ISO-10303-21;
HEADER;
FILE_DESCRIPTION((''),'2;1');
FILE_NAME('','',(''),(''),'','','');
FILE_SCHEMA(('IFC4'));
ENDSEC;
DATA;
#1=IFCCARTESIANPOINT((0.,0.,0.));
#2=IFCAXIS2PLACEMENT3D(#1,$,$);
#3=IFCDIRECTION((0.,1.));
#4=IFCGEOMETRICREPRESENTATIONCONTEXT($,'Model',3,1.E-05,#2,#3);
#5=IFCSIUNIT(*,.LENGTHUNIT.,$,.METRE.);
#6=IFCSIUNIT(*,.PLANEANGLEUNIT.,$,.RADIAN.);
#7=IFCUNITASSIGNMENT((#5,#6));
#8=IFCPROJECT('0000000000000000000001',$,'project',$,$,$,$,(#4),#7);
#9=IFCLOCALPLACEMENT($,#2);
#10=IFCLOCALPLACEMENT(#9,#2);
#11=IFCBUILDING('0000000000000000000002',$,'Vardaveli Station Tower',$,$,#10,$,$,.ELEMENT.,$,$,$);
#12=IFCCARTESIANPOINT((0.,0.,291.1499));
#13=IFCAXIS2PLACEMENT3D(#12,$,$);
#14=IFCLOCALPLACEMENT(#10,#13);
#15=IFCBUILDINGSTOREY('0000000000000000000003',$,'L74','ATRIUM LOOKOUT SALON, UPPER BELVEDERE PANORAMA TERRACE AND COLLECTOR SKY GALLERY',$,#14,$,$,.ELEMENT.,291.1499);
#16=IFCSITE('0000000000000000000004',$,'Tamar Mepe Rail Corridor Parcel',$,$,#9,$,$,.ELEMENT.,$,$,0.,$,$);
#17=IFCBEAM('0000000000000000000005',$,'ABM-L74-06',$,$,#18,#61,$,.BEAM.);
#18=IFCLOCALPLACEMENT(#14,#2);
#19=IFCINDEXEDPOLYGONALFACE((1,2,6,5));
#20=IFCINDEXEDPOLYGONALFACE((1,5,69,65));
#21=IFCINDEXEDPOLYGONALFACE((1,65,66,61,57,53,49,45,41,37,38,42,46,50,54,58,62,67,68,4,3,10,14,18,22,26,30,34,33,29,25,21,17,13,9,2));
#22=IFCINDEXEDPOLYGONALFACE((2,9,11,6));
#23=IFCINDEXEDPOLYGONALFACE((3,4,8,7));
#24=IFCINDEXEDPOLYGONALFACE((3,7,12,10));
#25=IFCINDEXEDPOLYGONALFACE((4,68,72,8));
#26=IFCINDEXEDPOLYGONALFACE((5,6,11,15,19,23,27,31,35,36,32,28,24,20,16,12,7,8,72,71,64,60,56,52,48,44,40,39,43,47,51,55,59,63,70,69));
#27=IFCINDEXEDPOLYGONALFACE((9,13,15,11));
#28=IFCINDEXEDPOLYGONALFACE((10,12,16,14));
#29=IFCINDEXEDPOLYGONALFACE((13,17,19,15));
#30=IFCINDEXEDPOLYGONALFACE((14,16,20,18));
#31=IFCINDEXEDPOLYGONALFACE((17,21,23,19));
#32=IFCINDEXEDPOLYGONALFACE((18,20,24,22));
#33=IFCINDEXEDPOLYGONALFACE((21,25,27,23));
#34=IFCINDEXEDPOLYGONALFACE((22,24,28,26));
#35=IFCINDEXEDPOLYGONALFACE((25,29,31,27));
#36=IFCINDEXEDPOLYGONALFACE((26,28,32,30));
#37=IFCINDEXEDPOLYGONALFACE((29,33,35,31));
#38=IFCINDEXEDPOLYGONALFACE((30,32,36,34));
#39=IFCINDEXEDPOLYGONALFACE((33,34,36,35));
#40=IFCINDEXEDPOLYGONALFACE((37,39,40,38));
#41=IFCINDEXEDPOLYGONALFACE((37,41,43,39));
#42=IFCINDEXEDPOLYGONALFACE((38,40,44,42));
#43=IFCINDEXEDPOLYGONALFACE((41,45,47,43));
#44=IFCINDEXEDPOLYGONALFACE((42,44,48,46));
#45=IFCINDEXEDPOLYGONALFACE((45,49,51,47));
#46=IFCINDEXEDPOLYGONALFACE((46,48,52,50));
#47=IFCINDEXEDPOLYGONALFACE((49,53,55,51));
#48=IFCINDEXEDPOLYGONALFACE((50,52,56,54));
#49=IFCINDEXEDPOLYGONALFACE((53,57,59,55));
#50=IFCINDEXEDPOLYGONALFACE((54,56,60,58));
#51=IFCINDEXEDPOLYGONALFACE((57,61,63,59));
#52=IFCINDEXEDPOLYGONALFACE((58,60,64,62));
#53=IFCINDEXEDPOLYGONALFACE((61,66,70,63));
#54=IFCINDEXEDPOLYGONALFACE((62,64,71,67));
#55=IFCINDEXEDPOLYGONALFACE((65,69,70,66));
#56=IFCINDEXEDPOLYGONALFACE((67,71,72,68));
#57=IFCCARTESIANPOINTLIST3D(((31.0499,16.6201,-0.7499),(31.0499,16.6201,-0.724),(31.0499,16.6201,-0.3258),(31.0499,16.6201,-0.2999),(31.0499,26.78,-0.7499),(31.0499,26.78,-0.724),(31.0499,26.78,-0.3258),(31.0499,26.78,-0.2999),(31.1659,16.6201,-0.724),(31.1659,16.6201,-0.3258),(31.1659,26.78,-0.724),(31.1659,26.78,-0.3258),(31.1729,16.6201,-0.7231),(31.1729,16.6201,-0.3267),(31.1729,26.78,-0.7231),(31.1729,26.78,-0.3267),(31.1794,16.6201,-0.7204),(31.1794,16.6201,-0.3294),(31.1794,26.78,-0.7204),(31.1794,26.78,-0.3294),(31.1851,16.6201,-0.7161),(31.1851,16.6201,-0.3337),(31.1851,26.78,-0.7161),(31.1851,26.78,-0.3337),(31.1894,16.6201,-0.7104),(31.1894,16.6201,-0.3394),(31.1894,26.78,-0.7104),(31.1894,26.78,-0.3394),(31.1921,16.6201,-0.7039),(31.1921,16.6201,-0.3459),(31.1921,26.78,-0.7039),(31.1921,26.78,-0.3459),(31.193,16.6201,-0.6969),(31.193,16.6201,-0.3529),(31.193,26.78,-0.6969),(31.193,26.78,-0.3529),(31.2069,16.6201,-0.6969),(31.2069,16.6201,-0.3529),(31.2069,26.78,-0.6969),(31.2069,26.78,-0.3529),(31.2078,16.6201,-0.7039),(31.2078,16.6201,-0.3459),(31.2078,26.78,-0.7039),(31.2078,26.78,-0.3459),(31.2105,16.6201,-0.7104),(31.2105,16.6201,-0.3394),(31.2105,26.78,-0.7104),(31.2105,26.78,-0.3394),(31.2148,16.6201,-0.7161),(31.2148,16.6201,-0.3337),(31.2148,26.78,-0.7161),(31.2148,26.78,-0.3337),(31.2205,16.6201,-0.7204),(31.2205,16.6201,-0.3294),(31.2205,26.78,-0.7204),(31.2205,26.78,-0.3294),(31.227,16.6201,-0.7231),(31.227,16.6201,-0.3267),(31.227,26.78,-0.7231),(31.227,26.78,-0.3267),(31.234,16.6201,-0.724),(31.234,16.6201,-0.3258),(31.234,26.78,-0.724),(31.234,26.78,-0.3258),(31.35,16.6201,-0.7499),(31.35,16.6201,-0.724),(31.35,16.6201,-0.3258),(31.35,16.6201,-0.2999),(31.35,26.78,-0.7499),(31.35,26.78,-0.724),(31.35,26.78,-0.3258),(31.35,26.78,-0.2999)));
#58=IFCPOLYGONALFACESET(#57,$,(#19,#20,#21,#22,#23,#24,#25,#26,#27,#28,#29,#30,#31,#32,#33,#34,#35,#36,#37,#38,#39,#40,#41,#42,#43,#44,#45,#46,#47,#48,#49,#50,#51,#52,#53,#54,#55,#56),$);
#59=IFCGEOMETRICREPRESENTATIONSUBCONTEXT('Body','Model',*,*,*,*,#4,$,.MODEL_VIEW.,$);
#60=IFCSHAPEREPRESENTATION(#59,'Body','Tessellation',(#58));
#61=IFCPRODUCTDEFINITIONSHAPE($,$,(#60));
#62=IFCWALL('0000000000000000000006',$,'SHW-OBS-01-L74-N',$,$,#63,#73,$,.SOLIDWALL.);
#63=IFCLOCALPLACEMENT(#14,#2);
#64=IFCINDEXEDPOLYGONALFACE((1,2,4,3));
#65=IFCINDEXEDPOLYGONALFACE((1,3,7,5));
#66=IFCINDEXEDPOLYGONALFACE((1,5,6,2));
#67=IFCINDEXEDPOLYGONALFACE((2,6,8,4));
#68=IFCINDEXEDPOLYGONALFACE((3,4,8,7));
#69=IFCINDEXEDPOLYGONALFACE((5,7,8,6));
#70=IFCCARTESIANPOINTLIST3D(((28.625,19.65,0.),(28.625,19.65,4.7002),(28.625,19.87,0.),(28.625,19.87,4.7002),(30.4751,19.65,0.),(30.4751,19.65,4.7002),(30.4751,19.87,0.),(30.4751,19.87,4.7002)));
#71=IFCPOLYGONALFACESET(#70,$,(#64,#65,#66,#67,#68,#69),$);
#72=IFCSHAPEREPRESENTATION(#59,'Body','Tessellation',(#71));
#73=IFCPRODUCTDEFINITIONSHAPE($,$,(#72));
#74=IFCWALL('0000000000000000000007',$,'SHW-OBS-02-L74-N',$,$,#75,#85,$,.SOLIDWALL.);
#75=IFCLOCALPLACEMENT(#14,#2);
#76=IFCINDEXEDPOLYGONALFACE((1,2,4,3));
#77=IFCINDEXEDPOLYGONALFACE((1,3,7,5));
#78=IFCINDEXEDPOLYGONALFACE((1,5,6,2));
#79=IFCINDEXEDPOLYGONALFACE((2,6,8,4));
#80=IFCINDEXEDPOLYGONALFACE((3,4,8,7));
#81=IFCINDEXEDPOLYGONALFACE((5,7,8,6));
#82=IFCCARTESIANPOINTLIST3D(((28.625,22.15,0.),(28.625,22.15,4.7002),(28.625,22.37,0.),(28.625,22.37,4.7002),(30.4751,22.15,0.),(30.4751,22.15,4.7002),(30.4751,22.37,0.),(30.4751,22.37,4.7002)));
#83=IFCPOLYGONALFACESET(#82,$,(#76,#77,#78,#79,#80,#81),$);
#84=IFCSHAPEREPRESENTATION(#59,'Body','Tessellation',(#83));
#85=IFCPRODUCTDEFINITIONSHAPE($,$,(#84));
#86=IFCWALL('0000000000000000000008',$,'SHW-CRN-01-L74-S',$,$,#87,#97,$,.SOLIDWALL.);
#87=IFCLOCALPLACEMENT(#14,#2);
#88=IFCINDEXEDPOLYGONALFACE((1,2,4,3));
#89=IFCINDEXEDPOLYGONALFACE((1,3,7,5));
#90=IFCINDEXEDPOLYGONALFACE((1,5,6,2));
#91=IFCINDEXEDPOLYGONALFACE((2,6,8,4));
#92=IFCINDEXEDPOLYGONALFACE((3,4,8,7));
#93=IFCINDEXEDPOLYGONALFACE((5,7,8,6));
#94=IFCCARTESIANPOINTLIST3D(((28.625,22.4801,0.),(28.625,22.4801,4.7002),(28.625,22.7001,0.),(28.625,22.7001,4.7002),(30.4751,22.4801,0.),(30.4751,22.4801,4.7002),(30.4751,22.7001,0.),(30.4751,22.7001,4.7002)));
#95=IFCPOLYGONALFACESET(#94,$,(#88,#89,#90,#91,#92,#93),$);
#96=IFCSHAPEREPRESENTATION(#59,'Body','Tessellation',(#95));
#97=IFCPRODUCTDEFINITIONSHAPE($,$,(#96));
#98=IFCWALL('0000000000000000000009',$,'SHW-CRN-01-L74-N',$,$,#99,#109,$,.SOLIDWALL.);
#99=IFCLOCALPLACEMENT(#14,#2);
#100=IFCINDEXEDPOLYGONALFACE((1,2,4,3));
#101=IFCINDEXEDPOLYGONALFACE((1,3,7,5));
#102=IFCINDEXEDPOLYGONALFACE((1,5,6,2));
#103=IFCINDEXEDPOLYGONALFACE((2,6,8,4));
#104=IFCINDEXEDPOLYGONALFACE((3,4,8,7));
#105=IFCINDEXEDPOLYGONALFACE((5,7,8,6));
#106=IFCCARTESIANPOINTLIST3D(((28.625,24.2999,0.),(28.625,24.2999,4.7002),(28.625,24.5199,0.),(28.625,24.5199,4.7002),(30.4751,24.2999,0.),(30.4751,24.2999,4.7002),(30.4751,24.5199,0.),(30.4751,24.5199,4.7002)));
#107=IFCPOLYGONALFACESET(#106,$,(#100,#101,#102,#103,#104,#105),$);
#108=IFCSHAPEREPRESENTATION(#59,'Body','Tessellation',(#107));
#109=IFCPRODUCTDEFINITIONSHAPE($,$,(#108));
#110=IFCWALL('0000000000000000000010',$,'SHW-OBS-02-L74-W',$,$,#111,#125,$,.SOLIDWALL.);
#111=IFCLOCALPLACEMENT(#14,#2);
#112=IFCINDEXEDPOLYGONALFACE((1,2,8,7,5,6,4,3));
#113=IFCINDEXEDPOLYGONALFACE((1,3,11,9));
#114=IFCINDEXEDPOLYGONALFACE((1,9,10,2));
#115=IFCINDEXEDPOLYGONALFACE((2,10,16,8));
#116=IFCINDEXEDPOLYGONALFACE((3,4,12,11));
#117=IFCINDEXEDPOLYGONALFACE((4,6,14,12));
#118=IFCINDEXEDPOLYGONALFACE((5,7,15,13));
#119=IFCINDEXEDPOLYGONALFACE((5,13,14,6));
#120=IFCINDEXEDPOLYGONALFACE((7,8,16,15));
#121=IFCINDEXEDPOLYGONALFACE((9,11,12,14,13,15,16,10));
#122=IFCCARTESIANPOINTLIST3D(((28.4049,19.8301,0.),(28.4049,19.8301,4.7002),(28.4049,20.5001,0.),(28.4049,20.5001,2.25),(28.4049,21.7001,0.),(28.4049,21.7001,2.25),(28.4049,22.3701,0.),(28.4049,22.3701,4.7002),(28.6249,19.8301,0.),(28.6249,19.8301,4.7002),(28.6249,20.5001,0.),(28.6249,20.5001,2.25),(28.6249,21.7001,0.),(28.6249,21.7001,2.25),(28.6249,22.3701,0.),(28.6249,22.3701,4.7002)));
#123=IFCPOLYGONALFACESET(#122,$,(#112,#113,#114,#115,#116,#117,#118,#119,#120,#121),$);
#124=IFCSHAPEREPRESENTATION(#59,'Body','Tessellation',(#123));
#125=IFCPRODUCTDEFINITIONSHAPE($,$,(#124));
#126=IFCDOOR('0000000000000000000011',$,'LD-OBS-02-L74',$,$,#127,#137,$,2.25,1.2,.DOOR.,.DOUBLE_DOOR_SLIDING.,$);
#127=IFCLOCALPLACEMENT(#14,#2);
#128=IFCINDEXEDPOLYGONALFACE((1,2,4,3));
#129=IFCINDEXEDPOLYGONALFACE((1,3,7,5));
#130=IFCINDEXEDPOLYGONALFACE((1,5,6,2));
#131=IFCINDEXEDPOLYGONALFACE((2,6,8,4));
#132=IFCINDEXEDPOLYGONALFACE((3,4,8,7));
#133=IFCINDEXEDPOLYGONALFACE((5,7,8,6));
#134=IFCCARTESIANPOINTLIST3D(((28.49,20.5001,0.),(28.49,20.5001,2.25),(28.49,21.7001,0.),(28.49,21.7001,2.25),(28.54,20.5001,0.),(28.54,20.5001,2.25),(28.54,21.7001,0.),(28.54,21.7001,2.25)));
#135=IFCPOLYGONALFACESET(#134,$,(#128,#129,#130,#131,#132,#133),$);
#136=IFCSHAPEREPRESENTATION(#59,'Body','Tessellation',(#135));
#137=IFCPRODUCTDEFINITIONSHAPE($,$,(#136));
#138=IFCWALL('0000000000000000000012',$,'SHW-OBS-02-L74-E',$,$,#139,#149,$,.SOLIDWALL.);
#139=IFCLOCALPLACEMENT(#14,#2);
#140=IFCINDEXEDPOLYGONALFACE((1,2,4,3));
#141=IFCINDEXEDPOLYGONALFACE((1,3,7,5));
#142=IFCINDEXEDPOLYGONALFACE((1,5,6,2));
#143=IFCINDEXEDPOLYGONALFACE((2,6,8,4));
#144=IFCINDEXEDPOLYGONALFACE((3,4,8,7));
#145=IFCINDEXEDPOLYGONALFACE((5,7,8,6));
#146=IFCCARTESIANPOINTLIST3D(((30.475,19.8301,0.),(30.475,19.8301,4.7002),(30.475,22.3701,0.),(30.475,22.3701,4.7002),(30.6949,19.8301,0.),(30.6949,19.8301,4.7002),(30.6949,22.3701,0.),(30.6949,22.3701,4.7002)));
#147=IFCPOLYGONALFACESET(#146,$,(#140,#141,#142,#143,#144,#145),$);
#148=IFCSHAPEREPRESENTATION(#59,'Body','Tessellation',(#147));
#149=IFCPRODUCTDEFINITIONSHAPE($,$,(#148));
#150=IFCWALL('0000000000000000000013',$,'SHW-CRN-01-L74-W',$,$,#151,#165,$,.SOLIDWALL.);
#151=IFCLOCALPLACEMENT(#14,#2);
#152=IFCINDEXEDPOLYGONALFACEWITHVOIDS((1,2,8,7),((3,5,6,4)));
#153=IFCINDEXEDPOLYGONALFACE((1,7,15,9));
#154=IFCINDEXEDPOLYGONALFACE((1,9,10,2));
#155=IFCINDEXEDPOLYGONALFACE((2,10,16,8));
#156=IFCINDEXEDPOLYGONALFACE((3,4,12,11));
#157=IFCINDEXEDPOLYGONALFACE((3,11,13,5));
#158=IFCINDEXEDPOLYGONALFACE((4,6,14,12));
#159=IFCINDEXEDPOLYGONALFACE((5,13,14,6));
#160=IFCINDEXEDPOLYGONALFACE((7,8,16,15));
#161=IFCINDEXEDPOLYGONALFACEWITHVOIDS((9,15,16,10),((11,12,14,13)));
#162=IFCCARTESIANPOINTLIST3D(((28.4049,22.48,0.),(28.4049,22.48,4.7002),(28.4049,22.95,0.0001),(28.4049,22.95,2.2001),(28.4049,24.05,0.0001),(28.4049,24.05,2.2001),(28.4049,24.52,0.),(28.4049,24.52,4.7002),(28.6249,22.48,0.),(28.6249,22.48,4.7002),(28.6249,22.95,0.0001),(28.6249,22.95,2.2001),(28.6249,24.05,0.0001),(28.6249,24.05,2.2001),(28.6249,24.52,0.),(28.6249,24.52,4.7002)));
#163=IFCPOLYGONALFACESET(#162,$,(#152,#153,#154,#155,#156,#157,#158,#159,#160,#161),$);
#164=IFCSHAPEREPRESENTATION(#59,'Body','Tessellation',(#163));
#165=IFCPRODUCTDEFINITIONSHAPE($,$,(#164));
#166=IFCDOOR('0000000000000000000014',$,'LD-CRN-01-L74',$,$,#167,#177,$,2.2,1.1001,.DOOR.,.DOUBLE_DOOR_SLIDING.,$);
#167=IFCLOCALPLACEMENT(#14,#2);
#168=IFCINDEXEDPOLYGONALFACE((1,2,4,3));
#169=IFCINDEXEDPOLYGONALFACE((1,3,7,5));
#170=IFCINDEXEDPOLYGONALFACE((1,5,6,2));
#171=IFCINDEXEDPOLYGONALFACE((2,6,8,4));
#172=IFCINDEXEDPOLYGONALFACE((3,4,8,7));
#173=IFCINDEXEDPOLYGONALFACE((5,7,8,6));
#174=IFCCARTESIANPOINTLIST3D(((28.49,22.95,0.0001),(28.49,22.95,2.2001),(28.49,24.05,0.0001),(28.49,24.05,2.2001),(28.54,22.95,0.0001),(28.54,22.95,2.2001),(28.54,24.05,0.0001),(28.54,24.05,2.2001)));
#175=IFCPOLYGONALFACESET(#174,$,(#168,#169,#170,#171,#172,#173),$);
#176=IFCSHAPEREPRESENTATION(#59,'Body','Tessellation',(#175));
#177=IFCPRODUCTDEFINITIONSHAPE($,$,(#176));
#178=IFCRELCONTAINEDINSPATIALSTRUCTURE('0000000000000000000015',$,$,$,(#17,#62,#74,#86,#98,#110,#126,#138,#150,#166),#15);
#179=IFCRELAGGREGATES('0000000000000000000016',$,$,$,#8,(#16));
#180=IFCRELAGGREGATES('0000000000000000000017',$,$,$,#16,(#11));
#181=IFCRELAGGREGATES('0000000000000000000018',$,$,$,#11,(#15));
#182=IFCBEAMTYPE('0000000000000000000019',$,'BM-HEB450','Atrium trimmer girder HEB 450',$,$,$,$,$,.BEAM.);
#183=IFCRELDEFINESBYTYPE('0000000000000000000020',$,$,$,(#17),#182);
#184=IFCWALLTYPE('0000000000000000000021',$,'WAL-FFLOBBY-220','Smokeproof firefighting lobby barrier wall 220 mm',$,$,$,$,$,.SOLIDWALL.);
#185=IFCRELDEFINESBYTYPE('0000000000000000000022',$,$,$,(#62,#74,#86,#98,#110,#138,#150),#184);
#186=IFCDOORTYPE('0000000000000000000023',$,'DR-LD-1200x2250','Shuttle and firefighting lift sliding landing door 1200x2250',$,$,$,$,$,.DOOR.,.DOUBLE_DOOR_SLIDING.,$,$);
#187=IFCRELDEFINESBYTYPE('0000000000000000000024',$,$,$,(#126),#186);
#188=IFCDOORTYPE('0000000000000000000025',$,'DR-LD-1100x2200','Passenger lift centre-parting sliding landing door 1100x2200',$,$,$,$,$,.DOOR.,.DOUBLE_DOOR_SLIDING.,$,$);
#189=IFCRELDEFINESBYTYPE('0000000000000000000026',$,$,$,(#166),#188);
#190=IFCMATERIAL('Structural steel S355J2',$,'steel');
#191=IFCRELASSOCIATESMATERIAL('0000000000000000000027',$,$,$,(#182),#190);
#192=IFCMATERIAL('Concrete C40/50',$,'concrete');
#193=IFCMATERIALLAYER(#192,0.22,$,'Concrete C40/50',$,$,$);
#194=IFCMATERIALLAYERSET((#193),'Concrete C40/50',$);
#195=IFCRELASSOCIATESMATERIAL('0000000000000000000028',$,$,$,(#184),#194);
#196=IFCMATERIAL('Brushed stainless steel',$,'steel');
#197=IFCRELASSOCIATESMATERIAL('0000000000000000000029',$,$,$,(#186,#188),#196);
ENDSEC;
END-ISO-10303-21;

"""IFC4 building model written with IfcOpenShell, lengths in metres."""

from ifc_helpers import new_model, si_unit, direction, frame, frame_2d, origin, origin_2d, place, context, subcontext, project, spatial, rectangle, i_section, extrude, source, transform, mapped, material, layer, layer_set, material_profile, profile_set, type_object, element, fill, save


model = new_model("IFC4")

# Units and contexts
model_context = context("Model", 3, precision=1e-05, world=origin(), true_north=direction((0.0, 1.0)))
body_context = subcontext(model_context, "Body", "Model", "MODEL_VIEW")
ifc_project = project(units=[si_unit("LENGTHUNIT", "METRE"), si_unit("PLANEANGLEUNIT", "RADIAN")], contexts=[model_context])

# Site, building, storey
site_placement = place(None, origin())
site = spatial("IfcSite", under=ifc_project, at=site_placement, Name="Tamar Mepe Rail Corridor Parcel", CompositionType="ELEMENT", RefElevation=0.0)
building_placement = place(site_placement, origin())
building = spatial("IfcBuilding", under=site, at=building_placement, Name="Vardaveli Station Tower", CompositionType="ELEMENT")
storey_placement = place(building_placement, frame((0.0, 0.0, 291.1499)))
storey = spatial("IfcBuildingStorey", under=building, at=storey_placement, Name="L74", Description="ATRIUM LOOKOUT SALON, UPPER BELVEDERE PANORAMA TERRACE AND COLLECTOR SKY GALLERY", CompositionType="ELEMENT", Elevation=291.1499)

# Beam
ifc_material_1 = material(Name="Structural steel S355J2", Category="steel")
ifc_material_profile = material_profile(ifc_material_1, i_section(OverallWidth=0.3, OverallDepth=0.45, WebThickness=0.0139, FlangeThickness=0.0259, FilletRadius=0.0271, at=origin_2d()), Name="HEB 450")
ifc_profile_set = profile_set([ifc_material_profile], Name="Structural steel S355J2")
beam_type = type_object("IfcBeamType", Name="BM-HEB450", Description="Atrium trimmer girder HEB 450", PredefinedType="BEAM", material=ifc_profile_set)
shared_shape_1 = source(origin(), body_context, "Body", "SweptSolid", [
    extrude(i_section(OverallWidth=0.3, OverallDepth=0.45, WebThickness=0.0139, FlangeThickness=0.0259, FilletRadius=0.0271, at=origin_2d()), origin(), (0.0, 0.0, 1.0), 10.1599),
])
beam_placement = place(storey_placement, frame((31.2, 26.78, -0.5249), z_axis=(0.0, -1.0, 0.0), x_axis=(1.0, 0.0, 0.0)))
element("IfcBeam", 1, at=beam_placement, inside=storey, type_object=beam_type, Name="ABM-L74-06", PredefinedType="BEAM", context=body_context, shape_type="MappedRepresentation", body=[
    mapped(shared_shape_1, transform((0.0, 0.0, 0.0), scale=1.0)),
])

# Walls
ifc_material_2 = material(Name="Concrete C40/50", Category="concrete")
ifc_layer_1 = layer(ifc_material_2, 0.22, Name="Concrete C40/50")
ifc_layer_set_1 = layer_set([ifc_layer_1], Name="Concrete C40/50")
wall_type_1 = type_object("IfcWallType", Name="WAL-FFLOBBY-220", Description="Smokeproof firefighting lobby barrier wall 220 mm", PredefinedType="SOLIDWALL", material=ifc_layer_set_1)
shared_shape_2 = source(origin(), body_context, "Body", "SweptSolid", [
    extrude(rectangle(XDim=1.8501, YDim=0.22, at=frame_2d((0.925, 0.0))), origin(), (0.0, 0.0, 1.0), 4.7002),
])
for number, where, z_axis, x_axis, name in (
    (2, (28.625, 19.76, 0.0), (0.0, 0.0, 1.0), (1.0, 0.0, 0.0), "SHW-OBS-01-L74-N"),
    (3, (28.625, 22.26, 0.0), (0.0, 0.0, 1.0), (1.0, 0.0, 0.0), "SHW-OBS-02-L74-N"),
    (4, (28.625, 22.5901, 0.0), (0.0, 0.0, 1.0), (1.0, 0.0, 0.0), "SHW-CRN-01-L74-S"),
    (5, (28.625, 24.4099, 0.0), (0.0, 0.0, 1.0), (1.0, 0.0, 0.0), "SHW-CRN-01-L74-N"),
):
    element("IfcWall", number, at=place(storey_placement, frame(where, z_axis=z_axis, x_axis=x_axis)), inside=storey, type_object=wall_type_1, Name=name, PredefinedType="SOLIDWALL", context=body_context, shape_type="MappedRepresentation", body=[
        mapped(shared_shape_2, transform((0.0, 0.0, 0.0), scale=1.0)),
    ])

# Wall, opening, door
shared_shape_3 = source(origin(), body_context, "Body", "SweptSolid", [
    extrude(rectangle(XDim=2.54, YDim=0.22, at=frame_2d((1.27, 0.0))), origin(), (0.0, 0.0, 1.0), 4.7002),
])
wall_1_placement = place(storey_placement, frame((28.5149, 19.8301, 0.0), z_axis=(0.0, 0.0, 1.0), x_axis=(0.0, 1.0, 0.0)))
wall_1 = element("IfcWall", 6, at=wall_1_placement, inside=storey, type_object=wall_type_1, Name="SHW-OBS-02-L74-W", PredefinedType="SOLIDWALL", context=body_context, shape_type="MappedRepresentation", body=[
    mapped(shared_shape_3, transform((0.0, 0.0, 0.0), scale=1.0)),
])
shared_shape_4 = source(origin(), body_context, "Body", "SweptSolid", [
    extrude(rectangle(XDim=1.2, YDim=2.25, at=frame_2d((0.6001, 1.125))), frame((0.0, 0.1201, 0.0), z_axis=(0.0, -1.0, 0.0), x_axis=(1.0, 0.0, 0.0)), (0.0, 0.0, 1.0), 0.24),
])
opening_1_placement = place(wall_1_placement, frame((0.6699, 0.0, 0.0)))
opening_1 = element("IfcOpeningElement", 7, at=opening_1_placement, cuts=wall_1, PredefinedType="OPENING", context=body_context, shape_type="MappedRepresentation", body=[
    mapped(shared_shape_4, transform((0.0, 0.0, 0.0), scale=1.0)),
])
ifc_material_3 = material(Name="Brushed stainless steel", Category="steel")
door_type_1 = type_object("IfcDoorType", Name="DR-LD-1200x2250", Description="Shuttle and firefighting lift sliding landing door 1200x2250", OperationType="DOUBLE_DOOR_SLIDING", PredefinedType="DOOR", material=ifc_material_3)
shared_shape_5 = source(origin(), body_context, "Body", "SweptSolid", [
    extrude(rectangle(XDim=1.2, YDim=2.25, at=frame_2d((0.6001, 1.125))), frame((0.0, 0.0249, 0.0), z_axis=(0.0, -1.0, 0.0), x_axis=(1.0, 0.0, 0.0)), (0.0, 0.0, 1.0), 0.05),
])
door_1_placement = place(opening_1_placement, origin())
door_1 = element("IfcDoor", 8, at=door_1_placement, inside=storey, type_object=door_type_1, Name="LD-OBS-02-L74", OperationType="DOUBLE_DOOR_SLIDING", OverallHeight=2.25, OverallWidth=1.2, PredefinedType="DOOR", context=body_context, shape_type="MappedRepresentation", body=[
    mapped(shared_shape_5, transform((0.0, 0.0, 0.0), scale=1.0)),
])
fill(opening_1, door_1)

# Wall
wall_2_placement = place(storey_placement, frame((30.585, 19.8301, 0.0), z_axis=(0.0, 0.0, 1.0), x_axis=(0.0, 1.0, 0.0)))
element("IfcWall", 9, at=wall_2_placement, inside=storey, type_object=wall_type_1, Name="SHW-OBS-02-L74-E", PredefinedType="SOLIDWALL", context=body_context, shape_type="MappedRepresentation", body=[
    mapped(shared_shape_3, transform((0.0, 0.0, 0.0), scale=1.0)),
])

# Wall, opening, door
shared_shape_6 = source(origin(), body_context, "Body", "SweptSolid", [
    extrude(rectangle(XDim=2.04, YDim=0.22, at=frame_2d((1.02, 0.0))), origin(), (0.0, 0.0, 1.0), 4.7002),
])
wall_3_placement = place(storey_placement, frame((28.5149, 22.48, 0.0), z_axis=(0.0, 0.0, 1.0), x_axis=(0.0, 1.0, 0.0)))
wall_3 = element("IfcWall", 10, at=wall_3_placement, inside=storey, type_object=wall_type_1, Name="SHW-CRN-01-L74-W", PredefinedType="SOLIDWALL", context=body_context, shape_type="MappedRepresentation", body=[
    mapped(shared_shape_6, transform((0.0, 0.0, 0.0), scale=1.0)),
])
shared_shape_7 = source(origin(), body_context, "Body", "SweptSolid", [
    extrude(rectangle(XDim=1.1001, YDim=2.2, at=frame_2d((0.55, 1.1001))), frame((0.0, 0.1201, 0.0), z_axis=(0.0, -1.0, 0.0), x_axis=(1.0, 0.0, 0.0)), (0.0, 0.0, 1.0), 0.24),
])
opening_2_placement = place(wall_3_placement, frame((0.47, 0.0, 0.0)))
opening_2 = element("IfcOpeningElement", 11, at=opening_2_placement, cuts=wall_3, PredefinedType="OPENING", context=body_context, shape_type="MappedRepresentation", body=[
    mapped(shared_shape_7, transform((0.0, 0.0, 0.0), scale=1.0)),
])
door_type_2 = type_object("IfcDoorType", Name="DR-LD-1100x2200", Description="Passenger lift centre-parting sliding landing door 1100x2200", OperationType="DOUBLE_DOOR_SLIDING", PredefinedType="DOOR", material=ifc_material_3)
shared_shape_8 = source(origin(), body_context, "Body", "SweptSolid", [
    extrude(rectangle(XDim=1.1001, YDim=2.2, at=frame_2d((0.55, 1.1001))), frame((0.0, 0.0249, 0.0), z_axis=(0.0, -1.0, 0.0), x_axis=(1.0, 0.0, 0.0)), (0.0, 0.0, 1.0), 0.05),
])
door_2_placement = place(opening_2_placement, origin())
door_2 = element("IfcDoor", 12, at=door_2_placement, inside=storey, type_object=door_type_2, Name="LD-CRN-01-L74", OperationType="DOUBLE_DOOR_SLIDING", OverallHeight=2.2, OverallWidth=1.1001, PredefinedType="DOOR", context=body_context, shape_type="MappedRepresentation", body=[
    mapped(shared_shape_8, transform((0.0, 0.0, 0.0), scale=1.0)),
])
fill(opening_2, door_2)

save(model, "model.ifc")
